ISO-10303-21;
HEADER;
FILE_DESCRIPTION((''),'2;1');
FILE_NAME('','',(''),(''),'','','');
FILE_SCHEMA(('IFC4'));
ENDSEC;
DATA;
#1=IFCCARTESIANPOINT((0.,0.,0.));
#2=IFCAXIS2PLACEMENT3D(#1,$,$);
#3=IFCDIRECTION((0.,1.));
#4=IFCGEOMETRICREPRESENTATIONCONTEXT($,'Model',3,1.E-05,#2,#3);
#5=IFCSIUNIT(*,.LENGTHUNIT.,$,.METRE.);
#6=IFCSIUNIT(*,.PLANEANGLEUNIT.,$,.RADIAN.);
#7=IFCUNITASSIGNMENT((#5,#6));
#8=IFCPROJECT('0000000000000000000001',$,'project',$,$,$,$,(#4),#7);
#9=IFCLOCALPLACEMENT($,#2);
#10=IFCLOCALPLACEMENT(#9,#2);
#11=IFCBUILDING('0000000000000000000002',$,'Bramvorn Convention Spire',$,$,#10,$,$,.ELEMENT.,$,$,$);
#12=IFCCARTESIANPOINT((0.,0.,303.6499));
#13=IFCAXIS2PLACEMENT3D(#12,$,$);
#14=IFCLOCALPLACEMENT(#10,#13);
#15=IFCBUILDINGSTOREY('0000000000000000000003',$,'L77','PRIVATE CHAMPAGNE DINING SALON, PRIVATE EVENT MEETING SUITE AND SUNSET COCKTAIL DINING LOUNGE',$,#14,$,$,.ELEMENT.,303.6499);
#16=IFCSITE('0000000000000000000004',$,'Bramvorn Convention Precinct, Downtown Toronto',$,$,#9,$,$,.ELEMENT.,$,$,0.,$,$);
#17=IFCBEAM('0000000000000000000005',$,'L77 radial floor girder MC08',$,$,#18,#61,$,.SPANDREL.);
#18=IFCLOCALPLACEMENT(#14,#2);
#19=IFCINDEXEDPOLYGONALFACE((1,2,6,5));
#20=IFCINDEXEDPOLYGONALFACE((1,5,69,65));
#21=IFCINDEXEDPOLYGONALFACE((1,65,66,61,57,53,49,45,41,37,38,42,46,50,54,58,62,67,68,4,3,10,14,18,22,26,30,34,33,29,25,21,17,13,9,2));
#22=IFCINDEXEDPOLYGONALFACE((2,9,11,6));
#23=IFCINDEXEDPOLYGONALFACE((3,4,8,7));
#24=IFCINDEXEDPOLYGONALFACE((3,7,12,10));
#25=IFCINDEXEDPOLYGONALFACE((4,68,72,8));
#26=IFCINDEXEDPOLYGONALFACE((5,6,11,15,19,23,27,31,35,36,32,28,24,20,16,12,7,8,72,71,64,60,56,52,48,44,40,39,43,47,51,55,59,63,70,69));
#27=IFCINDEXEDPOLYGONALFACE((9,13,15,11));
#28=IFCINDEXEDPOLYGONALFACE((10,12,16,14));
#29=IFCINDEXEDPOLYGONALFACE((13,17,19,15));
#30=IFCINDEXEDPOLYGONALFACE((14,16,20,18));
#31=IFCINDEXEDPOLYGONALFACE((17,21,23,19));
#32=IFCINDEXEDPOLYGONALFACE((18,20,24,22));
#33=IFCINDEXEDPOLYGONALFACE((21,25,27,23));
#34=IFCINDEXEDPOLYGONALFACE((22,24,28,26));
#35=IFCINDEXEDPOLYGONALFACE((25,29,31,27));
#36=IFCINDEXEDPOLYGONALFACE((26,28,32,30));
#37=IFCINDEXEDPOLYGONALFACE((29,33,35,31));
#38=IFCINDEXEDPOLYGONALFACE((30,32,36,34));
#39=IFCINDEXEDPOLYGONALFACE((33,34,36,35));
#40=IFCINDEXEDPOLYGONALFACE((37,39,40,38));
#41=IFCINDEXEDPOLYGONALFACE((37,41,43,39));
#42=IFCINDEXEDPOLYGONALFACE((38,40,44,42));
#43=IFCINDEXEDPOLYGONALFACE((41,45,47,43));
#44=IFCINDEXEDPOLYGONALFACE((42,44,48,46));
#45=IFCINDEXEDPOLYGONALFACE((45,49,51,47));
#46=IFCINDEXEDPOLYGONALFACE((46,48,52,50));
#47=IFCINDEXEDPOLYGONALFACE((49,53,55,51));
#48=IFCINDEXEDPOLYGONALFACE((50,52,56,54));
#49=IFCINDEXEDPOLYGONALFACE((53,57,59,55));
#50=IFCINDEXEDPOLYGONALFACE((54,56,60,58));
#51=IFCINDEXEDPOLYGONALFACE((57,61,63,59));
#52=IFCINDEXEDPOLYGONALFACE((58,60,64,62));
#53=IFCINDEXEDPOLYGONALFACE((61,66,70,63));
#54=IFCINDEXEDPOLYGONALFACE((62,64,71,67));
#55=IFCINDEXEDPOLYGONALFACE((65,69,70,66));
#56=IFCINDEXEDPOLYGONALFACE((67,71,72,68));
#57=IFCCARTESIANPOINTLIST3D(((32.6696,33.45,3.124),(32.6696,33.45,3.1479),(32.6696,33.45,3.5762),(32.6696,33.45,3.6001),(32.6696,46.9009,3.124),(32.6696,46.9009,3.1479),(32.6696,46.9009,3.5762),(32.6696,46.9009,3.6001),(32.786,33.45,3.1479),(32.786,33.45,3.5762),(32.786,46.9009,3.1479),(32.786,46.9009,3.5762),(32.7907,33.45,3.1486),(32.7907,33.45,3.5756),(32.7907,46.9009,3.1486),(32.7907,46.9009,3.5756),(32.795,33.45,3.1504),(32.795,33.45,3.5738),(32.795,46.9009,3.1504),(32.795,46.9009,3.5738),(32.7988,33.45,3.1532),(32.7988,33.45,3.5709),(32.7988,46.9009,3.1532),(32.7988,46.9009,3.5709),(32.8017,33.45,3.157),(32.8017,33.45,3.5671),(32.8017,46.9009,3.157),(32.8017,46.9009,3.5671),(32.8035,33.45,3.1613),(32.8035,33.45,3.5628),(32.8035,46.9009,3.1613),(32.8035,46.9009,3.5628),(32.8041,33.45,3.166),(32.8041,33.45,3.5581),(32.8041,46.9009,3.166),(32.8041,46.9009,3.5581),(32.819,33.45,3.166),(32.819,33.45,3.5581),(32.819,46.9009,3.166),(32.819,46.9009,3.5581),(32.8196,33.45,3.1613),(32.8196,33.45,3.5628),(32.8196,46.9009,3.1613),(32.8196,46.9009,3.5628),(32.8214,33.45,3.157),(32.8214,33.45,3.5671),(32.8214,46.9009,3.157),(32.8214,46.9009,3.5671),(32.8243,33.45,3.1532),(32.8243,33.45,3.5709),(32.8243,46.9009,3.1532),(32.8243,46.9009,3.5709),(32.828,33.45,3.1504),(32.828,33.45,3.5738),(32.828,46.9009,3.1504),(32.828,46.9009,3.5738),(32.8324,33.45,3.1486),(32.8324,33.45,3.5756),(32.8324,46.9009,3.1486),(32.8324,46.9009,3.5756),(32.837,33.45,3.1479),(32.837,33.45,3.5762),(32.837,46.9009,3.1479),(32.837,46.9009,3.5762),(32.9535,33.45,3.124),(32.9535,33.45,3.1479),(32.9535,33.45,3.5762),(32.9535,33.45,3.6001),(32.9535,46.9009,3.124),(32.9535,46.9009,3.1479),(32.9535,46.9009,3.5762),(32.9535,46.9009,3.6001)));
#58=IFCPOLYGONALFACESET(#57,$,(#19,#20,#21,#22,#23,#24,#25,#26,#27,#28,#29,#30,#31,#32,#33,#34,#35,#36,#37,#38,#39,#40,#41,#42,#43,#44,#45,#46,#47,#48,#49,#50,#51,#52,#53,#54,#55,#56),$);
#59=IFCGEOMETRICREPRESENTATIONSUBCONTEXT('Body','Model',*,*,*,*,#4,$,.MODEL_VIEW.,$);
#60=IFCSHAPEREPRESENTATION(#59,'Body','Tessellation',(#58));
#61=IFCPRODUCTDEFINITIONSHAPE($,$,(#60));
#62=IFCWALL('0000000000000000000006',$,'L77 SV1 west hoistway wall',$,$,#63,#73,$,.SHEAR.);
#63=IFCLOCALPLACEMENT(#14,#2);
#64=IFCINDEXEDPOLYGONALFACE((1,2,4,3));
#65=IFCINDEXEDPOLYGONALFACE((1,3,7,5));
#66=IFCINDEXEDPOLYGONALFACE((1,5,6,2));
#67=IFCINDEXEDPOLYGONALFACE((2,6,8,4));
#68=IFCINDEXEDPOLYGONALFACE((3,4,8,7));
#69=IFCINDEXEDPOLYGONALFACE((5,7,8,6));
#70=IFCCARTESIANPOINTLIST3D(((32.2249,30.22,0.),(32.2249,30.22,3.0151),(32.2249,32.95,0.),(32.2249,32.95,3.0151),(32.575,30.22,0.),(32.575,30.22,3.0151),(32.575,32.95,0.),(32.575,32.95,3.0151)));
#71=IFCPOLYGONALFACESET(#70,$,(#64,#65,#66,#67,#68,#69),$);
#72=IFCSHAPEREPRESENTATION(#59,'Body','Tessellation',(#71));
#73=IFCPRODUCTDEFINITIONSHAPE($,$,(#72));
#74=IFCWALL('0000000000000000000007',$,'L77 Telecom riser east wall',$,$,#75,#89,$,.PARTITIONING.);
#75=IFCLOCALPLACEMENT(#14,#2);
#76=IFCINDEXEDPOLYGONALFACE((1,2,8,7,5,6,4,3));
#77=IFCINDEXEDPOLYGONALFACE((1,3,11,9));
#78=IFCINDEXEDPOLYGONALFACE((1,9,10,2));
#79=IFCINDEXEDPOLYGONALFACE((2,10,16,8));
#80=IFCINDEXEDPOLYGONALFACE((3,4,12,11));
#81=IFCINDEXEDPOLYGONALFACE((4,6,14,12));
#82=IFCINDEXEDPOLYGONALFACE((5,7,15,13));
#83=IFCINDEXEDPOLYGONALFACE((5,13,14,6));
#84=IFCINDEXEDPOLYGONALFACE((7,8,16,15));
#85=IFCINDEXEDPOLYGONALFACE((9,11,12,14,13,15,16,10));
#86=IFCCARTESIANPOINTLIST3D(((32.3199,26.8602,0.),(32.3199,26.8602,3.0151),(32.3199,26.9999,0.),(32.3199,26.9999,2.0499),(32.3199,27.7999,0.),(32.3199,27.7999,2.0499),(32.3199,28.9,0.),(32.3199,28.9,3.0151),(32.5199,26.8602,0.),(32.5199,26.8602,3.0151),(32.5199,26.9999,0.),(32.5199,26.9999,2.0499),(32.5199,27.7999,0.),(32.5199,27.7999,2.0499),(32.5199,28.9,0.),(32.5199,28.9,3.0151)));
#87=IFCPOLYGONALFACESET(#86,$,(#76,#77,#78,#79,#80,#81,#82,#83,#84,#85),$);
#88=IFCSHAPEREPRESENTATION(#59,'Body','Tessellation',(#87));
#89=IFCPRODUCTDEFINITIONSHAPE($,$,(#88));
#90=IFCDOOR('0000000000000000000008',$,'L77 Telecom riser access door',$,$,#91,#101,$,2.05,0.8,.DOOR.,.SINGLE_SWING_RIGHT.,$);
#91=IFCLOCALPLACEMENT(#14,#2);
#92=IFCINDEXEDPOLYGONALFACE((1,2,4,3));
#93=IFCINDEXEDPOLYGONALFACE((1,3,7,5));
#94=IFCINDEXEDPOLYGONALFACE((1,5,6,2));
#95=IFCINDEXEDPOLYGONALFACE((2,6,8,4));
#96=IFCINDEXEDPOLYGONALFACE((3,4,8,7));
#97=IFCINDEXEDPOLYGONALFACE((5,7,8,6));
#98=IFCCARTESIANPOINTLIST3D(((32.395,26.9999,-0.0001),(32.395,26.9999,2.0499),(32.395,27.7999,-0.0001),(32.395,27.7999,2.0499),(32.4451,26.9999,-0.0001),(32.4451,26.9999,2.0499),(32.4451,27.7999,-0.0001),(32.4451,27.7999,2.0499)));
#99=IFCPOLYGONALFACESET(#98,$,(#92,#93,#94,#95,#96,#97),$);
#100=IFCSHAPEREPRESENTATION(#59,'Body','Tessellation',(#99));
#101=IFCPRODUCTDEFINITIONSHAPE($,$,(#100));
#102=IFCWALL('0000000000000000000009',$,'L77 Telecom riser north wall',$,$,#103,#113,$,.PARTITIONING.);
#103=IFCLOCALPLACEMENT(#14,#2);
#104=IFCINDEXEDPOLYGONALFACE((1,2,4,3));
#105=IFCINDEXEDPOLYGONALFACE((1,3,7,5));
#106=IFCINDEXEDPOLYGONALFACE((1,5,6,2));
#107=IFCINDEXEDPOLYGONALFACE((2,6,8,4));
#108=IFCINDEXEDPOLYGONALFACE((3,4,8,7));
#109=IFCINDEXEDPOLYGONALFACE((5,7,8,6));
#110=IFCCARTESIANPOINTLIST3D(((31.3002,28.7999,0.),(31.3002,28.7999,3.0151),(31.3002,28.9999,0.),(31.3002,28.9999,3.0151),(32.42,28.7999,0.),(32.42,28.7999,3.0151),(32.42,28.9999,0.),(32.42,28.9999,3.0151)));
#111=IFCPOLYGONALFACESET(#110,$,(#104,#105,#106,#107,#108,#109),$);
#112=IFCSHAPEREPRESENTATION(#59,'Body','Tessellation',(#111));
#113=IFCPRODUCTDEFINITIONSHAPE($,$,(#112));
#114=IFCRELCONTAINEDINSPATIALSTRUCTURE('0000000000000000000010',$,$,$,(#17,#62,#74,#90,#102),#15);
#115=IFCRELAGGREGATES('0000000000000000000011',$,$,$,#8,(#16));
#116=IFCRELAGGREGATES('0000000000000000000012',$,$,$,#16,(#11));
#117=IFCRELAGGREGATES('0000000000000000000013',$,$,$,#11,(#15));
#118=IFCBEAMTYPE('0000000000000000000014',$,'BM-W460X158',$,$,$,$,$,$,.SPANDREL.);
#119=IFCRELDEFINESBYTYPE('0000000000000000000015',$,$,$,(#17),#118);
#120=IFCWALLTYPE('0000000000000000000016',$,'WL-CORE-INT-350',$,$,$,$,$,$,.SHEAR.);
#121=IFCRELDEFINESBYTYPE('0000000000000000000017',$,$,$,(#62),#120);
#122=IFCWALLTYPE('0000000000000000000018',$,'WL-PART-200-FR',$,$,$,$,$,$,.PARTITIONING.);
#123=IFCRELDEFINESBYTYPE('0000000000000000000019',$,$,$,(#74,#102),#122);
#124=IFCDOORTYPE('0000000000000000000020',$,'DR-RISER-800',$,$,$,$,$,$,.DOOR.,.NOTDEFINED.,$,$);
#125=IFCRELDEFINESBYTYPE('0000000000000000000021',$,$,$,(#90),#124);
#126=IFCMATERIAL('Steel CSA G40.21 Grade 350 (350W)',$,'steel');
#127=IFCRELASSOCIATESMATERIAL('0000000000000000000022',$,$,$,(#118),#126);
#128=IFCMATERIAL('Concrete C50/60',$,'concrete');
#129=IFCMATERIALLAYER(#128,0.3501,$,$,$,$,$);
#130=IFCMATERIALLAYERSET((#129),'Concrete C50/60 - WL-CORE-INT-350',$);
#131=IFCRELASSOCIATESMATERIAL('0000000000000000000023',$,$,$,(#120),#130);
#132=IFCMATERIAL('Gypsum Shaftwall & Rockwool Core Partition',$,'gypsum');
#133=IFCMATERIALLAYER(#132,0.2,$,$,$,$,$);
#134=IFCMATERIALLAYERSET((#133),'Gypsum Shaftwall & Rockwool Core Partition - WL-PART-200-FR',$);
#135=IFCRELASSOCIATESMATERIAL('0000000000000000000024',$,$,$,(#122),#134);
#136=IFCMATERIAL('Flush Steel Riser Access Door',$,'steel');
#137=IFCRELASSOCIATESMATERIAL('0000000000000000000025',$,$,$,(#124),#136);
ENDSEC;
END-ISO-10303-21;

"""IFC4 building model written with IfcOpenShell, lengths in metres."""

from ifc_helpers import new_model, si_unit, direction, frame, frame_2d, origin, origin_2d, place, context, subcontext, project, spatial, rectangle, i_section, extrude, material, layer, layer_set, material_profile, profile_set, type_object, element, fill, save


model = new_model("IFC4")

# Units and contexts
model_context = context("Model", 3, precision=1e-05, world=origin(), true_north=direction((0.0, 1.0)))
body_context = subcontext(model_context, "Body", "Model", "MODEL_VIEW")
ifc_project = project(units=[si_unit("LENGTHUNIT", "METRE"), si_unit("PLANEANGLEUNIT", "RADIAN")], contexts=[model_context])

# Site, building, storey
site_placement = place(None, origin())
site = spatial("IfcSite", under=ifc_project, at=site_placement, Name="Bramvorn Convention Precinct, Downtown Toronto", CompositionType="ELEMENT", RefElevation=0.0)
building_placement = place(site_placement, origin())
building = spatial("IfcBuilding", under=site, at=building_placement, Name="Bramvorn Convention Spire", CompositionType="ELEMENT")
storey_placement = place(building_placement, frame((0.0, 0.0, 303.6499)))
storey = spatial("IfcBuildingStorey", under=building, at=storey_placement, Name="L77", Description="PRIVATE CHAMPAGNE DINING SALON, PRIVATE EVENT MEETING SUITE AND SUNSET COCKTAIL DINING LOUNGE", CompositionType="ELEMENT", Elevation=303.6499)

# Beam
ifc_material_1 = material(Name="Steel CSA G40.21 Grade 350 (350W)", Category="steel")
ifc_material_profile = material_profile(ifc_material_1, i_section(OverallWidth=0.2839, OverallDepth=0.4761, WebThickness=0.0149, FlangeThickness=0.0239, FilletRadius=0.0181, at=origin_2d()))
ifc_profile_set = profile_set([ifc_material_profile], Name="Steel CSA G40.21 Grade 350 (350W) - W460X158")
beam_type = type_object("IfcBeamType", Name="BM-W460X158", PredefinedType="SPANDREL", material=ifc_profile_set)
beam_placement = place(storey_placement, frame((32.8115, 33.45, 3.3621), z_axis=(0.0, 1.0, 0.0), x_axis=(-1.0, 0.0, 0.0)))
element("IfcBeam", 1, at=beam_placement, inside=storey, type_object=beam_type, Name="L77 radial floor girder MC08", PredefinedType="SPANDREL", context=body_context, shape_type="SweptSolid", body=[
    extrude(i_section(OverallWidth=0.2839, OverallDepth=0.4761, WebThickness=0.0149, FlangeThickness=0.0239, FilletRadius=0.0181, at=origin_2d()), origin(), (0.0, 0.0, 1.0), 13.4509),
])

# Shared definitions
ifc_material_2 = material(Name="Concrete C50/60", Category="concrete")
ifc_layer_1 = layer(ifc_material_2, 0.3501)
ifc_layer_set_1 = layer_set([ifc_layer_1], Name="Concrete C50/60 - WL-CORE-INT-350")
wall_type_1 = type_object("IfcWallType", Name="WL-CORE-INT-350", PredefinedType="SHEAR", material=ifc_layer_set_1)

# Wall
wall_1_placement = place(storey_placement, frame((32.3999, 30.22, 0.0), z_axis=(0.0, 0.0, 1.0), x_axis=(0.0, 1.0, 0.0)))
element("IfcWall", 2, at=wall_1_placement, inside=storey, type_object=wall_type_1, Name="L77 SV1 west hoistway wall", PredefinedType="SHEAR", context=body_context, shape_type="SweptSolid", body=[
    extrude(rectangle(XDim=2.73, YDim=0.3501, at=frame_2d((1.365, 0.0))), origin(), (0.0, 0.0, 1.0), 3.0151),
])

# Wall, opening, door
ifc_material_3 = material(Name="Gypsum Shaftwall & Rockwool Core Partition", Category="gypsum")
ifc_layer_2 = layer(ifc_material_3, 0.2)
ifc_layer_set_2 = layer_set([ifc_layer_2], Name="Gypsum Shaftwall & Rockwool Core Partition - WL-PART-200-FR")
wall_type_2 = type_object("IfcWallType", Name="WL-PART-200-FR", PredefinedType="PARTITIONING", material=ifc_layer_set_2)
wall_2_placement = place(storey_placement, frame((32.4199, 26.8601, 0.0), z_axis=(0.0, 0.0, 1.0), x_axis=(0.0, 1.0, 0.0)))
wall_2 = element("IfcWall", 3, at=wall_2_placement, inside=storey, type_object=wall_type_2, Name="L77 Telecom riser east wall", PredefinedType="PARTITIONING", context=body_context, shape_type="SweptSolid", body=[
    extrude(rectangle(XDim=2.0398, YDim=0.2, at=frame_2d((1.02, 0.0))), origin(), (0.0, 0.0, 1.0), 3.0151),
])
opening_1_placement = place(wall_2_placement, frame((0.1399, 0.0, 0.0)))
opening_1 = element("IfcOpeningElement", 4, at=opening_1_placement, cuts=wall_2, PredefinedType="OPENING", context=body_context, shape_type="SweptSolid", body=[
    extrude(rectangle(XDim=0.8, YDim=2.05, at=frame_2d((0.3999, 1.0249))), frame((0.0, 0.1099, 0.0), z_axis=(0.0, -1.0, 0.0), x_axis=(1.0, 0.0, 0.0)), (0.0, 0.0, 1.0), 0.22),
])
ifc_material_4 = material(Name="Flush Steel Riser Access Door", Category="steel")
door_type_1 = type_object("IfcDoorType", Name="DR-RISER-800", OperationType="NOTDEFINED", PredefinedType="DOOR", material=ifc_material_4)
door_1_placement = place(opening_1_placement, origin())
door_1 = element("IfcDoor", 5, at=door_1_placement, inside=storey, type_object=door_type_1, Name="L77 Telecom riser access door", OperationType="SINGLE_SWING_RIGHT", OverallHeight=2.05, OverallWidth=0.8, PredefinedType="DOOR", context=body_context, shape_type="SweptSolid", body=[
    extrude(rectangle(XDim=0.8, YDim=2.05, at=frame_2d((0.3999, 1.0249))), frame((0.0, 0.0249, 0.0), z_axis=(0.0, -1.0, 0.0), x_axis=(1.0, 0.0, 0.0)), (0.0, 0.0, 1.0), 0.05),
])
fill(opening_1, door_1)

# Wall
wall_3_placement = place(storey_placement, frame((31.3, 28.8999, 0.0), z_axis=(0.0, 0.0, 1.0), x_axis=(1.0, 0.0, 0.0)))
element("IfcWall", 6, at=wall_3_placement, inside=storey, type_object=wall_type_2, Name="L77 Telecom riser north wall", PredefinedType="PARTITIONING", context=body_context, shape_type="SweptSolid", body=[
    extrude(rectangle(XDim=1.1199, YDim=0.2, at=frame_2d((0.5601, 0.0))), origin(), (0.0, 0.0, 1.0), 3.0151),
])

save(model, "model.ifc")
